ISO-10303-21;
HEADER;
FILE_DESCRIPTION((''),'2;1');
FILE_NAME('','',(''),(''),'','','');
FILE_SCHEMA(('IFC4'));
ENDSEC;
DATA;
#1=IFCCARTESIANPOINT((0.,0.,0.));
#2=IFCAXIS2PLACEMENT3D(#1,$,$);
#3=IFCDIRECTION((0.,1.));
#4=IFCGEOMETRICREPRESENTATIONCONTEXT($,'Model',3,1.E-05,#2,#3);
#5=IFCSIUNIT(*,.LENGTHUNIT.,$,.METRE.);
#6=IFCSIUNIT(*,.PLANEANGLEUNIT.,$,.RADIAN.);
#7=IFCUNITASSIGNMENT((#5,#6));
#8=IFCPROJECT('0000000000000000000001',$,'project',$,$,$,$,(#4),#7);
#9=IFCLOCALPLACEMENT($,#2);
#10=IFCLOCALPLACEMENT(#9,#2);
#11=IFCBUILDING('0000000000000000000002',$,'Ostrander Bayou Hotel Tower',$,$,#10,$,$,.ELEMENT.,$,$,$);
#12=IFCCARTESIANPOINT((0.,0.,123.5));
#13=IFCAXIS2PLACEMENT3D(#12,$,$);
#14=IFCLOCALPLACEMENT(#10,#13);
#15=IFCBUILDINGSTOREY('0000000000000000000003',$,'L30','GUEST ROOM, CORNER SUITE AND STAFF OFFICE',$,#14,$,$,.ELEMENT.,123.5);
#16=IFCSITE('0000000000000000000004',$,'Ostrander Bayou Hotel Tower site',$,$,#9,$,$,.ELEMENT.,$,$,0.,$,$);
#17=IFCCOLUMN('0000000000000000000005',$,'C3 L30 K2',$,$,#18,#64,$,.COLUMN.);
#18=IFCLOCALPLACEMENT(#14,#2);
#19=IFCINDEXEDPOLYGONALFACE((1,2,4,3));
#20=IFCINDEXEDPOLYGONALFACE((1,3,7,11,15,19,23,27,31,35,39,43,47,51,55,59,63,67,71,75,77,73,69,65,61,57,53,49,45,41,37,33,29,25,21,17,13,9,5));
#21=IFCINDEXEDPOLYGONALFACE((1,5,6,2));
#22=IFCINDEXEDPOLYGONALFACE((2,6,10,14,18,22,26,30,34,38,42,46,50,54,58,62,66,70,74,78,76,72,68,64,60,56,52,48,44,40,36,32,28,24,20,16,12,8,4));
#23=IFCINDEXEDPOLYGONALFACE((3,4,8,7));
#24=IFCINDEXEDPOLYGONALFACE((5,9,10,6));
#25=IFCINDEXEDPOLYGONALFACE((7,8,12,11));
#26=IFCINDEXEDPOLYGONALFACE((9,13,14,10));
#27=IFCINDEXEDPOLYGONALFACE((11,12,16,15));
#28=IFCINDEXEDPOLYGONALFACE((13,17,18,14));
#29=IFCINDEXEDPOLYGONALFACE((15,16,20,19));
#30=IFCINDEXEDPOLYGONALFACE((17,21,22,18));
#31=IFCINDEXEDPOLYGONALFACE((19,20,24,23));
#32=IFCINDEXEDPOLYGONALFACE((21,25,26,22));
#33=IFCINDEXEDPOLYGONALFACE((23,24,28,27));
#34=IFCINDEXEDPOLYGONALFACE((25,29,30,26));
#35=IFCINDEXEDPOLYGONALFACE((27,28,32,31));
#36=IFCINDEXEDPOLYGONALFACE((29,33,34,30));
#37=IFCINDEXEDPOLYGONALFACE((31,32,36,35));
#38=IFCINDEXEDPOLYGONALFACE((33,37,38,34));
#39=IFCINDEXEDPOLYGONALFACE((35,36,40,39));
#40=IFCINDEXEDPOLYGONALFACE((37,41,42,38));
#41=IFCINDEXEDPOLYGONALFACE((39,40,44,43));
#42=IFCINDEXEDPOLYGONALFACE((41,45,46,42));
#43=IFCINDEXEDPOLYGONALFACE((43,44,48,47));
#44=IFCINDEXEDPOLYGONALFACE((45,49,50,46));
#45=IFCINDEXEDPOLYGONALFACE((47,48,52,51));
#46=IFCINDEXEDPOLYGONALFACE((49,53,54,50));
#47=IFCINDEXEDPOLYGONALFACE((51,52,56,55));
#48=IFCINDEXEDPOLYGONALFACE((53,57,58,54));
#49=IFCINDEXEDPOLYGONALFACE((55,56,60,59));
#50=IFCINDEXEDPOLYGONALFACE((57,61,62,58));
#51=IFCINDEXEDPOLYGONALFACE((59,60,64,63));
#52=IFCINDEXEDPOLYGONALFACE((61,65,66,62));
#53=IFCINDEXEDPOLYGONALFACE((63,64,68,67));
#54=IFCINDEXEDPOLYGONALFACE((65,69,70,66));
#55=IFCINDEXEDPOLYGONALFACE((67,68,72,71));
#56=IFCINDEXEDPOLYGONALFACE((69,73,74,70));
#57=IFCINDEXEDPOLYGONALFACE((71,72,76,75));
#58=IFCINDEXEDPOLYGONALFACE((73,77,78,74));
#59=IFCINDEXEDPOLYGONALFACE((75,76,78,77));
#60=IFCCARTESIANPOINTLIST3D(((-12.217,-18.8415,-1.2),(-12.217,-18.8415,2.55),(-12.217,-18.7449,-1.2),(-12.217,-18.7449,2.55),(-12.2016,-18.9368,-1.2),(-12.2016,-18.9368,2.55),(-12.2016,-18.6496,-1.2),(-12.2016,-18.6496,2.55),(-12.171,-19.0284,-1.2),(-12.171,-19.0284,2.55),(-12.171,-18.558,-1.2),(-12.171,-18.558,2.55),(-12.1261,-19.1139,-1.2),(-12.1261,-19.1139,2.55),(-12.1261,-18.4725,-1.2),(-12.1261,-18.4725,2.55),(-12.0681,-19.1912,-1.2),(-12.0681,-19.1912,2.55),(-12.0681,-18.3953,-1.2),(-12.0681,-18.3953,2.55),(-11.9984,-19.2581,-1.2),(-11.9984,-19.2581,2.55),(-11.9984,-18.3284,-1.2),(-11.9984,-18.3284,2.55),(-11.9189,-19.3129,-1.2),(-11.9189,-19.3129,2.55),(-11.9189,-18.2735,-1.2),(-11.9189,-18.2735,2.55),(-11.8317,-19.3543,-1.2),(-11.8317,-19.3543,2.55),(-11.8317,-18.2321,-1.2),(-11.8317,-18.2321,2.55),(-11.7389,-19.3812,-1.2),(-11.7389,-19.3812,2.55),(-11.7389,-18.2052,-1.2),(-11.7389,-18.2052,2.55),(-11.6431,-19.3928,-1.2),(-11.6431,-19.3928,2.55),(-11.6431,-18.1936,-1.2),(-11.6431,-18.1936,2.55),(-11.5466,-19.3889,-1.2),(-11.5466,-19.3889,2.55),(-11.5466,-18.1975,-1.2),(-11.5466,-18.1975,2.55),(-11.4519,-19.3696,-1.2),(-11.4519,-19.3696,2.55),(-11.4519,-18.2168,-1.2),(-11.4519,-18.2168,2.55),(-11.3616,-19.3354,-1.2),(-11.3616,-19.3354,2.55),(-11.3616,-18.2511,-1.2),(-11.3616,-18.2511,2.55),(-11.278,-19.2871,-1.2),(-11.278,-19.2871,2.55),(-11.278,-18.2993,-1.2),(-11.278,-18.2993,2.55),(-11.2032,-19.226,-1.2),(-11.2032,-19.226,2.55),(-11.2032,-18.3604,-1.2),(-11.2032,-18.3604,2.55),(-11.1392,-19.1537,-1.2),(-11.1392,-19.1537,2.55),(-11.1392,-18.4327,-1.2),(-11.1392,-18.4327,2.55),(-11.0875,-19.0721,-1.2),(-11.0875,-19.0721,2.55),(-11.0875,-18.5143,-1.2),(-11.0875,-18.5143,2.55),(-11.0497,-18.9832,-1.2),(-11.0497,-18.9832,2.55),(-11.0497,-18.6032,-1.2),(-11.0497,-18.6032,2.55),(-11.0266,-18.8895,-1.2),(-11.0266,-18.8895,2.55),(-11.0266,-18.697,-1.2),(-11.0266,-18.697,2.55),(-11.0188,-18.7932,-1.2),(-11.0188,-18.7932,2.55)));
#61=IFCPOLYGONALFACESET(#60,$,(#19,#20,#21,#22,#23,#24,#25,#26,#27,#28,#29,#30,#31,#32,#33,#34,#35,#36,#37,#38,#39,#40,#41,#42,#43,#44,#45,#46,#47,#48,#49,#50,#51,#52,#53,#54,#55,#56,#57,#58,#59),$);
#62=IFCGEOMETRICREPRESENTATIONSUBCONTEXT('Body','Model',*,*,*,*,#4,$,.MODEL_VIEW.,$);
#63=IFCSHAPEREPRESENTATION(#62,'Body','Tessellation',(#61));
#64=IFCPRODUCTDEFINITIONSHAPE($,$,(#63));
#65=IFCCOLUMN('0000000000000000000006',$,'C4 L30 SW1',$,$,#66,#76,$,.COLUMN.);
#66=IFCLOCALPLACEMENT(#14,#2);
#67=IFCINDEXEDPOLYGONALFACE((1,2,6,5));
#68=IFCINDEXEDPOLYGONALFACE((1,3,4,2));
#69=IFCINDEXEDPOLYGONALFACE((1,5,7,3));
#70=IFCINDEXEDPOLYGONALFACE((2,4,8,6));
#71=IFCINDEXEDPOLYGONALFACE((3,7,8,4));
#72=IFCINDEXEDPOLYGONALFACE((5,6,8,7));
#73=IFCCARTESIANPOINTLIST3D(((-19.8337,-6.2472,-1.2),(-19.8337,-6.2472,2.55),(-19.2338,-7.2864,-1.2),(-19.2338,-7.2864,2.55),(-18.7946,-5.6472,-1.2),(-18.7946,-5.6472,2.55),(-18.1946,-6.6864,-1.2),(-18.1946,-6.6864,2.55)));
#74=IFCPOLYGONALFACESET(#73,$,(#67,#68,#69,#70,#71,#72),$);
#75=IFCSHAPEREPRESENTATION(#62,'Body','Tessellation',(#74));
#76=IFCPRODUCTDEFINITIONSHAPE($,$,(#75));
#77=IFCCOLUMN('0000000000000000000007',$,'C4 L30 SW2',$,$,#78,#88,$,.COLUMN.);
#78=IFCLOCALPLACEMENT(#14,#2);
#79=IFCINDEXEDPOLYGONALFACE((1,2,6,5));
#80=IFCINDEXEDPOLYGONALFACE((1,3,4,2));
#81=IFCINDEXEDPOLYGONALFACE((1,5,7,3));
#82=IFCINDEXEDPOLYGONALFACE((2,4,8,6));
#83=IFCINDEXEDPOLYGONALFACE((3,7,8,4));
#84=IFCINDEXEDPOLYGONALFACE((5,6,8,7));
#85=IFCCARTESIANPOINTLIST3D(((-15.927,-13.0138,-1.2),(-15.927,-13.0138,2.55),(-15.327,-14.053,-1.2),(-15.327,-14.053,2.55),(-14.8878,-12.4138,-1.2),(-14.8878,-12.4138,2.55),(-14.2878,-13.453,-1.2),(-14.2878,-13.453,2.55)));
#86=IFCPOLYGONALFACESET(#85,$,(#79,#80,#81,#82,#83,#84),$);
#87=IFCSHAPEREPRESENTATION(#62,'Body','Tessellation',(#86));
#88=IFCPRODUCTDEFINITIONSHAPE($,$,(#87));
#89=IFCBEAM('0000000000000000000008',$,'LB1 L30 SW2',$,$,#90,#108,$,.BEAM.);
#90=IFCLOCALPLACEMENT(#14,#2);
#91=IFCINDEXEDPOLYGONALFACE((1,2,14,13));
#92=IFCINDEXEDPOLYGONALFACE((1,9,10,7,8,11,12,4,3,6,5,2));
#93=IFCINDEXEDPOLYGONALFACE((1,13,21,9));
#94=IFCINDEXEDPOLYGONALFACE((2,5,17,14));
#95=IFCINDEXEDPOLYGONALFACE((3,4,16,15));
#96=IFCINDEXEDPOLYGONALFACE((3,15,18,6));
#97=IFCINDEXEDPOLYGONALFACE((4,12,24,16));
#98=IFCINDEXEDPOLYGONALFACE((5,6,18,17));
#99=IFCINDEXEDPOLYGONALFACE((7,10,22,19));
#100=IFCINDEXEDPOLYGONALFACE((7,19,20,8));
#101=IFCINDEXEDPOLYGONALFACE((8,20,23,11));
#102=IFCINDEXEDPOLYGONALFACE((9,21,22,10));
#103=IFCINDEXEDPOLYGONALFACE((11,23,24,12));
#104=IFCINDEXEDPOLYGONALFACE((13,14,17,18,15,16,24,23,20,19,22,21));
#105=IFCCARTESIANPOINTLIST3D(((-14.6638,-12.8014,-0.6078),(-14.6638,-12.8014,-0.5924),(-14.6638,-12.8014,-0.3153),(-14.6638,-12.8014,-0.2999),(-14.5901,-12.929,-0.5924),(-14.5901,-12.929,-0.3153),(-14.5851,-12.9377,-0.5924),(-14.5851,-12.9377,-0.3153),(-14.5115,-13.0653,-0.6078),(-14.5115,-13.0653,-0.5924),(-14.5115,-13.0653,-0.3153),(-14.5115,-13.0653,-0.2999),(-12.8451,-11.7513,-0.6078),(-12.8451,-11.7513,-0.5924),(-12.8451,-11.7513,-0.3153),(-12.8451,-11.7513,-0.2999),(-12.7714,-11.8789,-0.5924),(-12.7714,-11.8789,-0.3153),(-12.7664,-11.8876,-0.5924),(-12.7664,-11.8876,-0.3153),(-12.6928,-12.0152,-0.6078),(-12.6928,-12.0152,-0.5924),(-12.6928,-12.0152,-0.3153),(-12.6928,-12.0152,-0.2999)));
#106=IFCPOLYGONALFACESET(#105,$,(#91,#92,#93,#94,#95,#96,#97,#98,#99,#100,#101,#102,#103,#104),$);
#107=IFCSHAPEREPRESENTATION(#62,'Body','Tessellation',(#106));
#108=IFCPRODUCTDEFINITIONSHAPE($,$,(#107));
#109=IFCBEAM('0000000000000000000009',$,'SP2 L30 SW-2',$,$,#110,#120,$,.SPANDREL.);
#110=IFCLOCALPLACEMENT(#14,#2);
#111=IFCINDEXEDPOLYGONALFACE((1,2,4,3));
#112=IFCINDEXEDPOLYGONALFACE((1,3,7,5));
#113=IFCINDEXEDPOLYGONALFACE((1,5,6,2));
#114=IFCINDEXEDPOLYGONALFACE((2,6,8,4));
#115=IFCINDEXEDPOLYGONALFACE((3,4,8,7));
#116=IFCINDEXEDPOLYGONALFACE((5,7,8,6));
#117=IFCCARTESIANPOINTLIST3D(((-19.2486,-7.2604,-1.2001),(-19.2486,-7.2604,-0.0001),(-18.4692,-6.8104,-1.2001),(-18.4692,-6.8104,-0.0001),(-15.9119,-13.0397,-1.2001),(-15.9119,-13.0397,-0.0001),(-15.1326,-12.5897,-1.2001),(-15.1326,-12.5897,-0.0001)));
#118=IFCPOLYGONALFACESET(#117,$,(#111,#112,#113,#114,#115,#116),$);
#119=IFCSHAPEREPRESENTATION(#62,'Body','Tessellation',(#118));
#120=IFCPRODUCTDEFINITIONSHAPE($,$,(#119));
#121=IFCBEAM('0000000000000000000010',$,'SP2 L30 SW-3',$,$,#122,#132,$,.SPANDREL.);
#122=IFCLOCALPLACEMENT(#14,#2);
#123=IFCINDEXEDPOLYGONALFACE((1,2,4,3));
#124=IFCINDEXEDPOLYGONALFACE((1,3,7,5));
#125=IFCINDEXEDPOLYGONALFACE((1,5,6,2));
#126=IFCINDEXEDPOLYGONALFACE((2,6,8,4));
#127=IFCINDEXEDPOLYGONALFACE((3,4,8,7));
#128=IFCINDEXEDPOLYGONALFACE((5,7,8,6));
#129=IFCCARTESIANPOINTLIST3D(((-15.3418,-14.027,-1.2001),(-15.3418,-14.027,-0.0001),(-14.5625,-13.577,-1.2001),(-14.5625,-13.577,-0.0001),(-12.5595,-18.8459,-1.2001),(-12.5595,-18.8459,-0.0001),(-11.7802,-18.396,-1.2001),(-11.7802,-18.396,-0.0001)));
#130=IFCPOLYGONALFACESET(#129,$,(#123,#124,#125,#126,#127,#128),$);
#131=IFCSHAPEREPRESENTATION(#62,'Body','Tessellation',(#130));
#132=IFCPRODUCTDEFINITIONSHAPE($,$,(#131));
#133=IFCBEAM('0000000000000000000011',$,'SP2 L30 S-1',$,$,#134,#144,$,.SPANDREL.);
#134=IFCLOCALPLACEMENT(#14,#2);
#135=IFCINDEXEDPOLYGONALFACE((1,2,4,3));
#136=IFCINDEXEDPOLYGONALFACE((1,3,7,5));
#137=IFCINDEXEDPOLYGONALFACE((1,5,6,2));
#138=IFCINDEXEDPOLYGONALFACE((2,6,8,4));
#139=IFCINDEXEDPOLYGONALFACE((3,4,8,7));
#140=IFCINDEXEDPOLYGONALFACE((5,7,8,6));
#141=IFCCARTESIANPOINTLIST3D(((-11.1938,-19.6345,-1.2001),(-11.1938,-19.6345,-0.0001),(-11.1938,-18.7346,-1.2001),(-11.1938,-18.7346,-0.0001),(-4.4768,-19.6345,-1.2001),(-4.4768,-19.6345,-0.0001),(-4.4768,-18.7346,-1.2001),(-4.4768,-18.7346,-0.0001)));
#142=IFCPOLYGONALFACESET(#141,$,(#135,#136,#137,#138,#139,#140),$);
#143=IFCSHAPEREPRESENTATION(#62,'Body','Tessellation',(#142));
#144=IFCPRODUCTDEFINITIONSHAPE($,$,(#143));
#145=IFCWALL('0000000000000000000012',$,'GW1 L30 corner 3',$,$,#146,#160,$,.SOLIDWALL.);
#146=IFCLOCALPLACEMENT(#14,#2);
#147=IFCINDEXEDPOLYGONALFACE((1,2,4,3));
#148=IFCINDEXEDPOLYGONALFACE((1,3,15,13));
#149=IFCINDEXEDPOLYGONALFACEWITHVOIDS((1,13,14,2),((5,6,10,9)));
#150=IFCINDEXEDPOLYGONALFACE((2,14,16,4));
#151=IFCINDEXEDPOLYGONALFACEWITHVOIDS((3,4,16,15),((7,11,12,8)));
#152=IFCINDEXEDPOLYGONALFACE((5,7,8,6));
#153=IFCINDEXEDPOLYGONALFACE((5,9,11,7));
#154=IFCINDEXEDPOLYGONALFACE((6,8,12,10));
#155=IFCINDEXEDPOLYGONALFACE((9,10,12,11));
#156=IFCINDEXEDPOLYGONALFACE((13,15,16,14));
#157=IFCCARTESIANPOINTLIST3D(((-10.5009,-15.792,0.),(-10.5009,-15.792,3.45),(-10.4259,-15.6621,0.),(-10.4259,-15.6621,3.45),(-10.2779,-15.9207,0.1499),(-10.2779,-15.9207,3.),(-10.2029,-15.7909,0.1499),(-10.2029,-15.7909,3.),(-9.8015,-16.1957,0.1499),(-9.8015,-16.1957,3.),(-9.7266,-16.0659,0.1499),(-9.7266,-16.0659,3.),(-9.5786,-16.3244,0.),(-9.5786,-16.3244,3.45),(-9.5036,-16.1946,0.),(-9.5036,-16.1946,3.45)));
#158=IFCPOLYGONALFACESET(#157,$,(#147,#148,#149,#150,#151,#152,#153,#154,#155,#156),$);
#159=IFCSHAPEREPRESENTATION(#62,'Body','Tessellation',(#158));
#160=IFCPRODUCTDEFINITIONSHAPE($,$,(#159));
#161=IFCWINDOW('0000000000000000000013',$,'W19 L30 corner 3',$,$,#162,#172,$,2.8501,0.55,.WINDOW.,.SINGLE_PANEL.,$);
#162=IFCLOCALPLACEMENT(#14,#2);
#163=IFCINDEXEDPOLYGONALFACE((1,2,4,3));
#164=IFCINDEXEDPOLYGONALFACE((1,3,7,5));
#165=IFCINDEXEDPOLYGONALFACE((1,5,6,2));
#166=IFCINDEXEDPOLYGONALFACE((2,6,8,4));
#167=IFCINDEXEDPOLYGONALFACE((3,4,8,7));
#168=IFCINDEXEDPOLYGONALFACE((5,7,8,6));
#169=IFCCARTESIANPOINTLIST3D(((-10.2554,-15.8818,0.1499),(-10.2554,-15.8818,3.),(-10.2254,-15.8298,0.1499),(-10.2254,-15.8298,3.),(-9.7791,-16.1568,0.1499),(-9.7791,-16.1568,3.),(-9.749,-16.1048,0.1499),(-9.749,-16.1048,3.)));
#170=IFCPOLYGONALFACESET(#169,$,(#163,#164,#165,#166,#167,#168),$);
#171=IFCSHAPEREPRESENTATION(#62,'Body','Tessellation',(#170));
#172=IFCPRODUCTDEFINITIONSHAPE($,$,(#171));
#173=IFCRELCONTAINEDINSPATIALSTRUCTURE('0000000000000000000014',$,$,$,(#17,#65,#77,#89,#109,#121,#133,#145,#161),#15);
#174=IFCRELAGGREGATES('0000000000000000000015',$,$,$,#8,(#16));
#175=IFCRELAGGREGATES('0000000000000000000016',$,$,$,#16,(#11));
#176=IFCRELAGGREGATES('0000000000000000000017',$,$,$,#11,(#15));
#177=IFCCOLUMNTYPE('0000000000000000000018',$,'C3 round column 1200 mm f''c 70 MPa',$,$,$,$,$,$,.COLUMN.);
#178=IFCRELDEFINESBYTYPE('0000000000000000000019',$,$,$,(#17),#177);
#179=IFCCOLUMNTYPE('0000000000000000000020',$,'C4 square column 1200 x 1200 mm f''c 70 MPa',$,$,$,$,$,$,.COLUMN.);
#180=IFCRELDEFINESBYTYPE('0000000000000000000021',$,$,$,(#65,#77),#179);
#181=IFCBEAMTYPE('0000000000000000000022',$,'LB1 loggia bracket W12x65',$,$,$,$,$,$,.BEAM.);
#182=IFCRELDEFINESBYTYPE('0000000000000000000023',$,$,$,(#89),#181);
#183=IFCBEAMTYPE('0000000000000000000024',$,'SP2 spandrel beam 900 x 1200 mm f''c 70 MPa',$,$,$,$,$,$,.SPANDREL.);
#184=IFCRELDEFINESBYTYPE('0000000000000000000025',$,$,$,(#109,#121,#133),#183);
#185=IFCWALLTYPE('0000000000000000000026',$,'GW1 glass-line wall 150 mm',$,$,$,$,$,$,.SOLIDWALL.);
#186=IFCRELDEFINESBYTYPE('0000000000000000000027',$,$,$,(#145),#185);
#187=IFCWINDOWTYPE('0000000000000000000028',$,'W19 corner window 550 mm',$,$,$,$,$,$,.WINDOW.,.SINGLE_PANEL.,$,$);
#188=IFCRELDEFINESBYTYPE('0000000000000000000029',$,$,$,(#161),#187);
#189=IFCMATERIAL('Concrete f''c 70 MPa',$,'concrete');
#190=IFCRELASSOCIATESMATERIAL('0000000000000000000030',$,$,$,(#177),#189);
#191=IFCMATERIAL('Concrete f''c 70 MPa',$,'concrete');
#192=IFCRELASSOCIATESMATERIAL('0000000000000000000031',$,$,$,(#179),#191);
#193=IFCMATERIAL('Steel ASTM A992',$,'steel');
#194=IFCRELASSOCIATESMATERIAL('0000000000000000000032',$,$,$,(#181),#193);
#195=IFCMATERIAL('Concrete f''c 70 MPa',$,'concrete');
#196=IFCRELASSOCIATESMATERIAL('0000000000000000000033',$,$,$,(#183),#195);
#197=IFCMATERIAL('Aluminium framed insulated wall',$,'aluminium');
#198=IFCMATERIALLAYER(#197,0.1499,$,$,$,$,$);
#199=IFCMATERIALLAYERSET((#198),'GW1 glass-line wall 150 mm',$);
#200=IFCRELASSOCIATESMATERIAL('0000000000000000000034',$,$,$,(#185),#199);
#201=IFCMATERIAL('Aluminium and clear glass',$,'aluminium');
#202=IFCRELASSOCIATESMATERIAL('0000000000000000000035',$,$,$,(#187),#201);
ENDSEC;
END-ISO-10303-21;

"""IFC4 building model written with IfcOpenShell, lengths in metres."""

from ifc_helpers import new_model, si_unit, direction, frame, frame_2d, origin, origin_2d, place, context, subcontext, project, spatial, rectangle, circle, i_section, extrude, material, layer, layer_set, material_profile, profile_set, type_object, element, fill, save


model = new_model("IFC4")

# Units and contexts
model_context = context("Model", 3, precision=1e-05, world=origin(), true_north=direction((0.0, 1.0)))
body_context = subcontext(model_context, "Body", "Model", "MODEL_VIEW")
ifc_project = project(units=[si_unit("LENGTHUNIT", "METRE"), si_unit("PLANEANGLEUNIT", "RADIAN")], contexts=[model_context])

# Site, building, storey
site_placement = place(None, origin())
site = spatial("IfcSite", under=ifc_project, at=site_placement, Name="Ostrander Bayou Hotel Tower site", CompositionType="ELEMENT", RefElevation=0.0)
building_placement = place(site_placement, origin())
building = spatial("IfcBuilding", under=site, at=building_placement, Name="Ostrander Bayou Hotel Tower", CompositionType="ELEMENT")
storey_placement = place(building_placement, frame((0.0, 0.0, 123.5)))
storey = spatial("IfcBuildingStorey", under=building, at=storey_placement, Name="L30", Description="GUEST ROOM, CORNER SUITE AND STAFF OFFICE", CompositionType="ELEMENT", Elevation=123.5)

# Columns
ifc_material_1 = material(Name="Concrete f'c 70 MPa", Category="concrete")
ifc_material_profile_1 = material_profile(ifc_material_1, circle(Radius=0.6001, at=origin_2d()))
ifc_profile_set_1 = profile_set([ifc_material_profile_1], Name="Concrete f'c 70 MPa")
column_type_1 = type_object("IfcColumnType", Name="C3 round column 1200 mm f'c 70 MPa", PredefinedType="COLUMN", material=ifc_profile_set_1)
column_placement = place(storey_placement, frame((-11.6189, -18.7932, -1.2), z_axis=(0.0, 0.0, 1.0), x_axis=(1.0, 0.0, 0.0)))
element("IfcColumn", 1, at=column_placement, inside=storey, type_object=column_type_1, Name="C3 L30 K2", PredefinedType="COLUMN", context=body_context, shape_type="SweptSolid", body=[
    extrude(circle(Radius=0.6001, at=origin_2d()), origin(), (0.0, 0.0, 1.0), 3.75),
])
ifc_material_2 = material(Name="Concrete f'c 70 MPa", Category="concrete")
ifc_material_profile_2 = material_profile(ifc_material_2, rectangle(XDim=1.2, YDim=1.2, at=origin_2d()))
ifc_profile_set_2 = profile_set([ifc_material_profile_2], Name="Concrete f'c 70 MPa")
column_type_2 = type_object("IfcColumnType", Name="C4 square column 1200 x 1200 mm f'c 70 MPa", PredefinedType="COLUMN", material=ifc_profile_set_2)
for number, where, z_axis, x_axis, name in (
    (2, (-19.0142, -6.4668, -1.2), (0.0, 0.0, 1.0), (-0.5, 0.866025, 0.0), "C4 L30 SW1"),
    (3, (-15.1074, -13.2334, -1.2), (0.0, 0.0, 1.0), (-0.5, 0.866025, 0.0), "C4 L30 SW2"),
):
    element("IfcColumn", number, at=place(storey_placement, frame(where, z_axis=z_axis, x_axis=x_axis)), inside=storey, type_object=column_type_2, Name=name, PredefinedType="COLUMN", context=body_context, shape_type="SweptSolid", body=[
        extrude(rectangle(XDim=1.2, YDim=1.2, at=origin_2d()), origin(), (0.0, 0.0, 1.0), 3.75),
    ])

# Beams
ifc_material_3 = material(Name="Steel ASTM A992", Category="steel")
ifc_material_profile_3 = material_profile(ifc_material_3, i_section(OverallWidth=0.3047, OverallDepth=0.3079, WebThickness=0.01, FlangeThickness=0.0154, at=origin_2d()))
ifc_profile_set_3 = profile_set([ifc_material_profile_3], Name="Steel ASTM A992")
beam_type_1 = type_object("IfcBeamType", Name="LB1 loggia bracket W12x65", PredefinedType="BEAM", material=ifc_profile_set_3)
beam_1_placement = place(storey_placement, frame((-14.5876, -12.9333, -0.4539), z_axis=(0.866009, 0.500028, 0.0), x_axis=(-0.500028, 0.866009, 0.0)))
element("IfcBeam", 4, at=beam_1_placement, inside=storey, type_object=beam_type_1, Name="LB1 L30 SW2", PredefinedType="BEAM", context=body_context, shape_type="SweptSolid", body=[
    extrude(i_section(OverallWidth=0.3047, OverallDepth=0.3079, WebThickness=0.01, FlangeThickness=0.0154, at=origin_2d()), origin(), (0.0, 0.0, 1.0), 2.1001),
])
ifc_material_4 = material(Name="Concrete f'c 70 MPa", Category="concrete")
ifc_material_profile_4 = material_profile(ifc_material_4, rectangle(XDim=0.8999, YDim=1.2, at=origin_2d()))
ifc_profile_set_4 = profile_set([ifc_material_profile_4], Name="Concrete f'c 70 MPa")
beam_type_2 = type_object("IfcBeamType", Name="SP2 spandrel beam 900 x 1200 mm f'c 70 MPa", PredefinedType="SPANDREL", material=ifc_profile_set_4)
beam_2_placement = place(storey_placement, frame((-18.8589, -7.0354, -0.6001), z_axis=(0.499999, -0.866026, 0.0), x_axis=(0.866026, 0.499999, 0.0)))
element("IfcBeam", 5, at=beam_2_placement, inside=storey, type_object=beam_type_2, Name="SP2 L30 SW-2", PredefinedType="SPANDREL", context=body_context, shape_type="SweptSolid", body=[
    extrude(rectangle(XDim=0.8999, YDim=1.2, at=origin_2d()), origin(), (0.0, 0.0, 1.0), 6.6733),
])
beam_3_placement = place(storey_placement, frame((-14.9521, -13.802, -0.6001), z_axis=(0.500009, -0.86602, 0.0), x_axis=(0.86602, 0.500009, 0.0)))
element("IfcBeam", 6, at=beam_3_placement, inside=storey, type_object=beam_type_2, Name="SP2 L30 SW-3", PredefinedType="SPANDREL", context=body_context, shape_type="SweptSolid", body=[
    extrude(rectangle(XDim=0.8999, YDim=1.2, at=origin_2d()), origin(), (0.0, 0.0, 1.0), 5.5645),
])
beam_4_placement = place(storey_placement, frame((-11.1938, -19.1846, -0.6001), z_axis=(1.0, 0.0, 0.0), x_axis=(0.0, 1.0, 0.0)))
element("IfcBeam", 7, at=beam_4_placement, inside=storey, type_object=beam_type_2, Name="SP2 L30 S-1", PredefinedType="SPANDREL", context=body_context, shape_type="SweptSolid", body=[
    extrude(rectangle(XDim=0.8999, YDim=1.2, at=origin_2d()), origin(), (0.0, 0.0, 1.0), 6.717),
])

# Wall, opening, window
ifc_material_5 = material(Name="Aluminium framed insulated wall", Category="aluminium")
ifc_layer_1 = layer(ifc_material_5, 0.1499)
ifc_layer_set_1 = layer_set([ifc_layer_1], Name="GW1 glass-line wall 150 mm")
wall_type_1 = type_object("IfcWallType", Name="GW1 glass-line wall 150 mm", PredefinedType="SOLIDWALL", material=ifc_layer_set_1)
wall_1_placement = place(storey_placement, frame((-10.4634, -15.7271, 0.0), z_axis=(0.0, 0.0, 1.0), x_axis=(0.866048, -0.499961, 0.0)))
wall_1 = element("IfcWall", 8, at=wall_1_placement, inside=storey, type_object=wall_type_1, Name="GW1 L30 corner 3", PredefinedType="SOLIDWALL", context=body_context, shape_type="SweptSolid", body=[
    extrude(rectangle(XDim=1.0649, YDim=0.1499, at=frame_2d((0.5325, 0.0))), origin(), (0.0, 0.0, 1.0), 3.45),
])
opening_placement = place(wall_1_placement, frame((0.2576, 0.0, 0.1499)))
opening = element("IfcOpeningElement", 9, at=opening_placement, cuts=wall_1, PredefinedType="OPENING", context=body_context, shape_type="SweptSolid", body=[
    extrude(rectangle(XDim=0.55, YDim=2.8501, at=frame_2d((0.2749, 1.425))), frame((0.0, 0.075, 0.0), z_axis=(0.0, -1.0, 0.0), x_axis=(1.0, 0.0, 0.0)), (0.0, 0.0, 1.0), 0.1499),
])
ifc_material_6 = material(Name="Aluminium and clear glass", Category="aluminium")
window_type = type_object("IfcWindowType", Name="W19 corner window 550 mm", PartitioningType="SINGLE_PANEL", PredefinedType="WINDOW", material=ifc_material_6)
window_placement = place(opening_placement, origin())
window = element("IfcWindow", 10, at=window_placement, inside=storey, type_object=window_type, Name="W19 L30 corner 3", OverallHeight=2.8501, OverallWidth=0.55, PartitioningType="SINGLE_PANEL", PredefinedType="WINDOW", context=body_context, shape_type="SweptSolid", body=[
    extrude(rectangle(XDim=0.55, YDim=2.8501, at=frame_2d((0.2749, 1.425))), frame((0.0, 0.03, 0.0), z_axis=(0.0, -1.0, 0.0), x_axis=(1.0, 0.0, 0.0)), (0.0, 0.0, 1.0), 0.0601),
])
fill(opening, window)

save(model, "model.ifc")
